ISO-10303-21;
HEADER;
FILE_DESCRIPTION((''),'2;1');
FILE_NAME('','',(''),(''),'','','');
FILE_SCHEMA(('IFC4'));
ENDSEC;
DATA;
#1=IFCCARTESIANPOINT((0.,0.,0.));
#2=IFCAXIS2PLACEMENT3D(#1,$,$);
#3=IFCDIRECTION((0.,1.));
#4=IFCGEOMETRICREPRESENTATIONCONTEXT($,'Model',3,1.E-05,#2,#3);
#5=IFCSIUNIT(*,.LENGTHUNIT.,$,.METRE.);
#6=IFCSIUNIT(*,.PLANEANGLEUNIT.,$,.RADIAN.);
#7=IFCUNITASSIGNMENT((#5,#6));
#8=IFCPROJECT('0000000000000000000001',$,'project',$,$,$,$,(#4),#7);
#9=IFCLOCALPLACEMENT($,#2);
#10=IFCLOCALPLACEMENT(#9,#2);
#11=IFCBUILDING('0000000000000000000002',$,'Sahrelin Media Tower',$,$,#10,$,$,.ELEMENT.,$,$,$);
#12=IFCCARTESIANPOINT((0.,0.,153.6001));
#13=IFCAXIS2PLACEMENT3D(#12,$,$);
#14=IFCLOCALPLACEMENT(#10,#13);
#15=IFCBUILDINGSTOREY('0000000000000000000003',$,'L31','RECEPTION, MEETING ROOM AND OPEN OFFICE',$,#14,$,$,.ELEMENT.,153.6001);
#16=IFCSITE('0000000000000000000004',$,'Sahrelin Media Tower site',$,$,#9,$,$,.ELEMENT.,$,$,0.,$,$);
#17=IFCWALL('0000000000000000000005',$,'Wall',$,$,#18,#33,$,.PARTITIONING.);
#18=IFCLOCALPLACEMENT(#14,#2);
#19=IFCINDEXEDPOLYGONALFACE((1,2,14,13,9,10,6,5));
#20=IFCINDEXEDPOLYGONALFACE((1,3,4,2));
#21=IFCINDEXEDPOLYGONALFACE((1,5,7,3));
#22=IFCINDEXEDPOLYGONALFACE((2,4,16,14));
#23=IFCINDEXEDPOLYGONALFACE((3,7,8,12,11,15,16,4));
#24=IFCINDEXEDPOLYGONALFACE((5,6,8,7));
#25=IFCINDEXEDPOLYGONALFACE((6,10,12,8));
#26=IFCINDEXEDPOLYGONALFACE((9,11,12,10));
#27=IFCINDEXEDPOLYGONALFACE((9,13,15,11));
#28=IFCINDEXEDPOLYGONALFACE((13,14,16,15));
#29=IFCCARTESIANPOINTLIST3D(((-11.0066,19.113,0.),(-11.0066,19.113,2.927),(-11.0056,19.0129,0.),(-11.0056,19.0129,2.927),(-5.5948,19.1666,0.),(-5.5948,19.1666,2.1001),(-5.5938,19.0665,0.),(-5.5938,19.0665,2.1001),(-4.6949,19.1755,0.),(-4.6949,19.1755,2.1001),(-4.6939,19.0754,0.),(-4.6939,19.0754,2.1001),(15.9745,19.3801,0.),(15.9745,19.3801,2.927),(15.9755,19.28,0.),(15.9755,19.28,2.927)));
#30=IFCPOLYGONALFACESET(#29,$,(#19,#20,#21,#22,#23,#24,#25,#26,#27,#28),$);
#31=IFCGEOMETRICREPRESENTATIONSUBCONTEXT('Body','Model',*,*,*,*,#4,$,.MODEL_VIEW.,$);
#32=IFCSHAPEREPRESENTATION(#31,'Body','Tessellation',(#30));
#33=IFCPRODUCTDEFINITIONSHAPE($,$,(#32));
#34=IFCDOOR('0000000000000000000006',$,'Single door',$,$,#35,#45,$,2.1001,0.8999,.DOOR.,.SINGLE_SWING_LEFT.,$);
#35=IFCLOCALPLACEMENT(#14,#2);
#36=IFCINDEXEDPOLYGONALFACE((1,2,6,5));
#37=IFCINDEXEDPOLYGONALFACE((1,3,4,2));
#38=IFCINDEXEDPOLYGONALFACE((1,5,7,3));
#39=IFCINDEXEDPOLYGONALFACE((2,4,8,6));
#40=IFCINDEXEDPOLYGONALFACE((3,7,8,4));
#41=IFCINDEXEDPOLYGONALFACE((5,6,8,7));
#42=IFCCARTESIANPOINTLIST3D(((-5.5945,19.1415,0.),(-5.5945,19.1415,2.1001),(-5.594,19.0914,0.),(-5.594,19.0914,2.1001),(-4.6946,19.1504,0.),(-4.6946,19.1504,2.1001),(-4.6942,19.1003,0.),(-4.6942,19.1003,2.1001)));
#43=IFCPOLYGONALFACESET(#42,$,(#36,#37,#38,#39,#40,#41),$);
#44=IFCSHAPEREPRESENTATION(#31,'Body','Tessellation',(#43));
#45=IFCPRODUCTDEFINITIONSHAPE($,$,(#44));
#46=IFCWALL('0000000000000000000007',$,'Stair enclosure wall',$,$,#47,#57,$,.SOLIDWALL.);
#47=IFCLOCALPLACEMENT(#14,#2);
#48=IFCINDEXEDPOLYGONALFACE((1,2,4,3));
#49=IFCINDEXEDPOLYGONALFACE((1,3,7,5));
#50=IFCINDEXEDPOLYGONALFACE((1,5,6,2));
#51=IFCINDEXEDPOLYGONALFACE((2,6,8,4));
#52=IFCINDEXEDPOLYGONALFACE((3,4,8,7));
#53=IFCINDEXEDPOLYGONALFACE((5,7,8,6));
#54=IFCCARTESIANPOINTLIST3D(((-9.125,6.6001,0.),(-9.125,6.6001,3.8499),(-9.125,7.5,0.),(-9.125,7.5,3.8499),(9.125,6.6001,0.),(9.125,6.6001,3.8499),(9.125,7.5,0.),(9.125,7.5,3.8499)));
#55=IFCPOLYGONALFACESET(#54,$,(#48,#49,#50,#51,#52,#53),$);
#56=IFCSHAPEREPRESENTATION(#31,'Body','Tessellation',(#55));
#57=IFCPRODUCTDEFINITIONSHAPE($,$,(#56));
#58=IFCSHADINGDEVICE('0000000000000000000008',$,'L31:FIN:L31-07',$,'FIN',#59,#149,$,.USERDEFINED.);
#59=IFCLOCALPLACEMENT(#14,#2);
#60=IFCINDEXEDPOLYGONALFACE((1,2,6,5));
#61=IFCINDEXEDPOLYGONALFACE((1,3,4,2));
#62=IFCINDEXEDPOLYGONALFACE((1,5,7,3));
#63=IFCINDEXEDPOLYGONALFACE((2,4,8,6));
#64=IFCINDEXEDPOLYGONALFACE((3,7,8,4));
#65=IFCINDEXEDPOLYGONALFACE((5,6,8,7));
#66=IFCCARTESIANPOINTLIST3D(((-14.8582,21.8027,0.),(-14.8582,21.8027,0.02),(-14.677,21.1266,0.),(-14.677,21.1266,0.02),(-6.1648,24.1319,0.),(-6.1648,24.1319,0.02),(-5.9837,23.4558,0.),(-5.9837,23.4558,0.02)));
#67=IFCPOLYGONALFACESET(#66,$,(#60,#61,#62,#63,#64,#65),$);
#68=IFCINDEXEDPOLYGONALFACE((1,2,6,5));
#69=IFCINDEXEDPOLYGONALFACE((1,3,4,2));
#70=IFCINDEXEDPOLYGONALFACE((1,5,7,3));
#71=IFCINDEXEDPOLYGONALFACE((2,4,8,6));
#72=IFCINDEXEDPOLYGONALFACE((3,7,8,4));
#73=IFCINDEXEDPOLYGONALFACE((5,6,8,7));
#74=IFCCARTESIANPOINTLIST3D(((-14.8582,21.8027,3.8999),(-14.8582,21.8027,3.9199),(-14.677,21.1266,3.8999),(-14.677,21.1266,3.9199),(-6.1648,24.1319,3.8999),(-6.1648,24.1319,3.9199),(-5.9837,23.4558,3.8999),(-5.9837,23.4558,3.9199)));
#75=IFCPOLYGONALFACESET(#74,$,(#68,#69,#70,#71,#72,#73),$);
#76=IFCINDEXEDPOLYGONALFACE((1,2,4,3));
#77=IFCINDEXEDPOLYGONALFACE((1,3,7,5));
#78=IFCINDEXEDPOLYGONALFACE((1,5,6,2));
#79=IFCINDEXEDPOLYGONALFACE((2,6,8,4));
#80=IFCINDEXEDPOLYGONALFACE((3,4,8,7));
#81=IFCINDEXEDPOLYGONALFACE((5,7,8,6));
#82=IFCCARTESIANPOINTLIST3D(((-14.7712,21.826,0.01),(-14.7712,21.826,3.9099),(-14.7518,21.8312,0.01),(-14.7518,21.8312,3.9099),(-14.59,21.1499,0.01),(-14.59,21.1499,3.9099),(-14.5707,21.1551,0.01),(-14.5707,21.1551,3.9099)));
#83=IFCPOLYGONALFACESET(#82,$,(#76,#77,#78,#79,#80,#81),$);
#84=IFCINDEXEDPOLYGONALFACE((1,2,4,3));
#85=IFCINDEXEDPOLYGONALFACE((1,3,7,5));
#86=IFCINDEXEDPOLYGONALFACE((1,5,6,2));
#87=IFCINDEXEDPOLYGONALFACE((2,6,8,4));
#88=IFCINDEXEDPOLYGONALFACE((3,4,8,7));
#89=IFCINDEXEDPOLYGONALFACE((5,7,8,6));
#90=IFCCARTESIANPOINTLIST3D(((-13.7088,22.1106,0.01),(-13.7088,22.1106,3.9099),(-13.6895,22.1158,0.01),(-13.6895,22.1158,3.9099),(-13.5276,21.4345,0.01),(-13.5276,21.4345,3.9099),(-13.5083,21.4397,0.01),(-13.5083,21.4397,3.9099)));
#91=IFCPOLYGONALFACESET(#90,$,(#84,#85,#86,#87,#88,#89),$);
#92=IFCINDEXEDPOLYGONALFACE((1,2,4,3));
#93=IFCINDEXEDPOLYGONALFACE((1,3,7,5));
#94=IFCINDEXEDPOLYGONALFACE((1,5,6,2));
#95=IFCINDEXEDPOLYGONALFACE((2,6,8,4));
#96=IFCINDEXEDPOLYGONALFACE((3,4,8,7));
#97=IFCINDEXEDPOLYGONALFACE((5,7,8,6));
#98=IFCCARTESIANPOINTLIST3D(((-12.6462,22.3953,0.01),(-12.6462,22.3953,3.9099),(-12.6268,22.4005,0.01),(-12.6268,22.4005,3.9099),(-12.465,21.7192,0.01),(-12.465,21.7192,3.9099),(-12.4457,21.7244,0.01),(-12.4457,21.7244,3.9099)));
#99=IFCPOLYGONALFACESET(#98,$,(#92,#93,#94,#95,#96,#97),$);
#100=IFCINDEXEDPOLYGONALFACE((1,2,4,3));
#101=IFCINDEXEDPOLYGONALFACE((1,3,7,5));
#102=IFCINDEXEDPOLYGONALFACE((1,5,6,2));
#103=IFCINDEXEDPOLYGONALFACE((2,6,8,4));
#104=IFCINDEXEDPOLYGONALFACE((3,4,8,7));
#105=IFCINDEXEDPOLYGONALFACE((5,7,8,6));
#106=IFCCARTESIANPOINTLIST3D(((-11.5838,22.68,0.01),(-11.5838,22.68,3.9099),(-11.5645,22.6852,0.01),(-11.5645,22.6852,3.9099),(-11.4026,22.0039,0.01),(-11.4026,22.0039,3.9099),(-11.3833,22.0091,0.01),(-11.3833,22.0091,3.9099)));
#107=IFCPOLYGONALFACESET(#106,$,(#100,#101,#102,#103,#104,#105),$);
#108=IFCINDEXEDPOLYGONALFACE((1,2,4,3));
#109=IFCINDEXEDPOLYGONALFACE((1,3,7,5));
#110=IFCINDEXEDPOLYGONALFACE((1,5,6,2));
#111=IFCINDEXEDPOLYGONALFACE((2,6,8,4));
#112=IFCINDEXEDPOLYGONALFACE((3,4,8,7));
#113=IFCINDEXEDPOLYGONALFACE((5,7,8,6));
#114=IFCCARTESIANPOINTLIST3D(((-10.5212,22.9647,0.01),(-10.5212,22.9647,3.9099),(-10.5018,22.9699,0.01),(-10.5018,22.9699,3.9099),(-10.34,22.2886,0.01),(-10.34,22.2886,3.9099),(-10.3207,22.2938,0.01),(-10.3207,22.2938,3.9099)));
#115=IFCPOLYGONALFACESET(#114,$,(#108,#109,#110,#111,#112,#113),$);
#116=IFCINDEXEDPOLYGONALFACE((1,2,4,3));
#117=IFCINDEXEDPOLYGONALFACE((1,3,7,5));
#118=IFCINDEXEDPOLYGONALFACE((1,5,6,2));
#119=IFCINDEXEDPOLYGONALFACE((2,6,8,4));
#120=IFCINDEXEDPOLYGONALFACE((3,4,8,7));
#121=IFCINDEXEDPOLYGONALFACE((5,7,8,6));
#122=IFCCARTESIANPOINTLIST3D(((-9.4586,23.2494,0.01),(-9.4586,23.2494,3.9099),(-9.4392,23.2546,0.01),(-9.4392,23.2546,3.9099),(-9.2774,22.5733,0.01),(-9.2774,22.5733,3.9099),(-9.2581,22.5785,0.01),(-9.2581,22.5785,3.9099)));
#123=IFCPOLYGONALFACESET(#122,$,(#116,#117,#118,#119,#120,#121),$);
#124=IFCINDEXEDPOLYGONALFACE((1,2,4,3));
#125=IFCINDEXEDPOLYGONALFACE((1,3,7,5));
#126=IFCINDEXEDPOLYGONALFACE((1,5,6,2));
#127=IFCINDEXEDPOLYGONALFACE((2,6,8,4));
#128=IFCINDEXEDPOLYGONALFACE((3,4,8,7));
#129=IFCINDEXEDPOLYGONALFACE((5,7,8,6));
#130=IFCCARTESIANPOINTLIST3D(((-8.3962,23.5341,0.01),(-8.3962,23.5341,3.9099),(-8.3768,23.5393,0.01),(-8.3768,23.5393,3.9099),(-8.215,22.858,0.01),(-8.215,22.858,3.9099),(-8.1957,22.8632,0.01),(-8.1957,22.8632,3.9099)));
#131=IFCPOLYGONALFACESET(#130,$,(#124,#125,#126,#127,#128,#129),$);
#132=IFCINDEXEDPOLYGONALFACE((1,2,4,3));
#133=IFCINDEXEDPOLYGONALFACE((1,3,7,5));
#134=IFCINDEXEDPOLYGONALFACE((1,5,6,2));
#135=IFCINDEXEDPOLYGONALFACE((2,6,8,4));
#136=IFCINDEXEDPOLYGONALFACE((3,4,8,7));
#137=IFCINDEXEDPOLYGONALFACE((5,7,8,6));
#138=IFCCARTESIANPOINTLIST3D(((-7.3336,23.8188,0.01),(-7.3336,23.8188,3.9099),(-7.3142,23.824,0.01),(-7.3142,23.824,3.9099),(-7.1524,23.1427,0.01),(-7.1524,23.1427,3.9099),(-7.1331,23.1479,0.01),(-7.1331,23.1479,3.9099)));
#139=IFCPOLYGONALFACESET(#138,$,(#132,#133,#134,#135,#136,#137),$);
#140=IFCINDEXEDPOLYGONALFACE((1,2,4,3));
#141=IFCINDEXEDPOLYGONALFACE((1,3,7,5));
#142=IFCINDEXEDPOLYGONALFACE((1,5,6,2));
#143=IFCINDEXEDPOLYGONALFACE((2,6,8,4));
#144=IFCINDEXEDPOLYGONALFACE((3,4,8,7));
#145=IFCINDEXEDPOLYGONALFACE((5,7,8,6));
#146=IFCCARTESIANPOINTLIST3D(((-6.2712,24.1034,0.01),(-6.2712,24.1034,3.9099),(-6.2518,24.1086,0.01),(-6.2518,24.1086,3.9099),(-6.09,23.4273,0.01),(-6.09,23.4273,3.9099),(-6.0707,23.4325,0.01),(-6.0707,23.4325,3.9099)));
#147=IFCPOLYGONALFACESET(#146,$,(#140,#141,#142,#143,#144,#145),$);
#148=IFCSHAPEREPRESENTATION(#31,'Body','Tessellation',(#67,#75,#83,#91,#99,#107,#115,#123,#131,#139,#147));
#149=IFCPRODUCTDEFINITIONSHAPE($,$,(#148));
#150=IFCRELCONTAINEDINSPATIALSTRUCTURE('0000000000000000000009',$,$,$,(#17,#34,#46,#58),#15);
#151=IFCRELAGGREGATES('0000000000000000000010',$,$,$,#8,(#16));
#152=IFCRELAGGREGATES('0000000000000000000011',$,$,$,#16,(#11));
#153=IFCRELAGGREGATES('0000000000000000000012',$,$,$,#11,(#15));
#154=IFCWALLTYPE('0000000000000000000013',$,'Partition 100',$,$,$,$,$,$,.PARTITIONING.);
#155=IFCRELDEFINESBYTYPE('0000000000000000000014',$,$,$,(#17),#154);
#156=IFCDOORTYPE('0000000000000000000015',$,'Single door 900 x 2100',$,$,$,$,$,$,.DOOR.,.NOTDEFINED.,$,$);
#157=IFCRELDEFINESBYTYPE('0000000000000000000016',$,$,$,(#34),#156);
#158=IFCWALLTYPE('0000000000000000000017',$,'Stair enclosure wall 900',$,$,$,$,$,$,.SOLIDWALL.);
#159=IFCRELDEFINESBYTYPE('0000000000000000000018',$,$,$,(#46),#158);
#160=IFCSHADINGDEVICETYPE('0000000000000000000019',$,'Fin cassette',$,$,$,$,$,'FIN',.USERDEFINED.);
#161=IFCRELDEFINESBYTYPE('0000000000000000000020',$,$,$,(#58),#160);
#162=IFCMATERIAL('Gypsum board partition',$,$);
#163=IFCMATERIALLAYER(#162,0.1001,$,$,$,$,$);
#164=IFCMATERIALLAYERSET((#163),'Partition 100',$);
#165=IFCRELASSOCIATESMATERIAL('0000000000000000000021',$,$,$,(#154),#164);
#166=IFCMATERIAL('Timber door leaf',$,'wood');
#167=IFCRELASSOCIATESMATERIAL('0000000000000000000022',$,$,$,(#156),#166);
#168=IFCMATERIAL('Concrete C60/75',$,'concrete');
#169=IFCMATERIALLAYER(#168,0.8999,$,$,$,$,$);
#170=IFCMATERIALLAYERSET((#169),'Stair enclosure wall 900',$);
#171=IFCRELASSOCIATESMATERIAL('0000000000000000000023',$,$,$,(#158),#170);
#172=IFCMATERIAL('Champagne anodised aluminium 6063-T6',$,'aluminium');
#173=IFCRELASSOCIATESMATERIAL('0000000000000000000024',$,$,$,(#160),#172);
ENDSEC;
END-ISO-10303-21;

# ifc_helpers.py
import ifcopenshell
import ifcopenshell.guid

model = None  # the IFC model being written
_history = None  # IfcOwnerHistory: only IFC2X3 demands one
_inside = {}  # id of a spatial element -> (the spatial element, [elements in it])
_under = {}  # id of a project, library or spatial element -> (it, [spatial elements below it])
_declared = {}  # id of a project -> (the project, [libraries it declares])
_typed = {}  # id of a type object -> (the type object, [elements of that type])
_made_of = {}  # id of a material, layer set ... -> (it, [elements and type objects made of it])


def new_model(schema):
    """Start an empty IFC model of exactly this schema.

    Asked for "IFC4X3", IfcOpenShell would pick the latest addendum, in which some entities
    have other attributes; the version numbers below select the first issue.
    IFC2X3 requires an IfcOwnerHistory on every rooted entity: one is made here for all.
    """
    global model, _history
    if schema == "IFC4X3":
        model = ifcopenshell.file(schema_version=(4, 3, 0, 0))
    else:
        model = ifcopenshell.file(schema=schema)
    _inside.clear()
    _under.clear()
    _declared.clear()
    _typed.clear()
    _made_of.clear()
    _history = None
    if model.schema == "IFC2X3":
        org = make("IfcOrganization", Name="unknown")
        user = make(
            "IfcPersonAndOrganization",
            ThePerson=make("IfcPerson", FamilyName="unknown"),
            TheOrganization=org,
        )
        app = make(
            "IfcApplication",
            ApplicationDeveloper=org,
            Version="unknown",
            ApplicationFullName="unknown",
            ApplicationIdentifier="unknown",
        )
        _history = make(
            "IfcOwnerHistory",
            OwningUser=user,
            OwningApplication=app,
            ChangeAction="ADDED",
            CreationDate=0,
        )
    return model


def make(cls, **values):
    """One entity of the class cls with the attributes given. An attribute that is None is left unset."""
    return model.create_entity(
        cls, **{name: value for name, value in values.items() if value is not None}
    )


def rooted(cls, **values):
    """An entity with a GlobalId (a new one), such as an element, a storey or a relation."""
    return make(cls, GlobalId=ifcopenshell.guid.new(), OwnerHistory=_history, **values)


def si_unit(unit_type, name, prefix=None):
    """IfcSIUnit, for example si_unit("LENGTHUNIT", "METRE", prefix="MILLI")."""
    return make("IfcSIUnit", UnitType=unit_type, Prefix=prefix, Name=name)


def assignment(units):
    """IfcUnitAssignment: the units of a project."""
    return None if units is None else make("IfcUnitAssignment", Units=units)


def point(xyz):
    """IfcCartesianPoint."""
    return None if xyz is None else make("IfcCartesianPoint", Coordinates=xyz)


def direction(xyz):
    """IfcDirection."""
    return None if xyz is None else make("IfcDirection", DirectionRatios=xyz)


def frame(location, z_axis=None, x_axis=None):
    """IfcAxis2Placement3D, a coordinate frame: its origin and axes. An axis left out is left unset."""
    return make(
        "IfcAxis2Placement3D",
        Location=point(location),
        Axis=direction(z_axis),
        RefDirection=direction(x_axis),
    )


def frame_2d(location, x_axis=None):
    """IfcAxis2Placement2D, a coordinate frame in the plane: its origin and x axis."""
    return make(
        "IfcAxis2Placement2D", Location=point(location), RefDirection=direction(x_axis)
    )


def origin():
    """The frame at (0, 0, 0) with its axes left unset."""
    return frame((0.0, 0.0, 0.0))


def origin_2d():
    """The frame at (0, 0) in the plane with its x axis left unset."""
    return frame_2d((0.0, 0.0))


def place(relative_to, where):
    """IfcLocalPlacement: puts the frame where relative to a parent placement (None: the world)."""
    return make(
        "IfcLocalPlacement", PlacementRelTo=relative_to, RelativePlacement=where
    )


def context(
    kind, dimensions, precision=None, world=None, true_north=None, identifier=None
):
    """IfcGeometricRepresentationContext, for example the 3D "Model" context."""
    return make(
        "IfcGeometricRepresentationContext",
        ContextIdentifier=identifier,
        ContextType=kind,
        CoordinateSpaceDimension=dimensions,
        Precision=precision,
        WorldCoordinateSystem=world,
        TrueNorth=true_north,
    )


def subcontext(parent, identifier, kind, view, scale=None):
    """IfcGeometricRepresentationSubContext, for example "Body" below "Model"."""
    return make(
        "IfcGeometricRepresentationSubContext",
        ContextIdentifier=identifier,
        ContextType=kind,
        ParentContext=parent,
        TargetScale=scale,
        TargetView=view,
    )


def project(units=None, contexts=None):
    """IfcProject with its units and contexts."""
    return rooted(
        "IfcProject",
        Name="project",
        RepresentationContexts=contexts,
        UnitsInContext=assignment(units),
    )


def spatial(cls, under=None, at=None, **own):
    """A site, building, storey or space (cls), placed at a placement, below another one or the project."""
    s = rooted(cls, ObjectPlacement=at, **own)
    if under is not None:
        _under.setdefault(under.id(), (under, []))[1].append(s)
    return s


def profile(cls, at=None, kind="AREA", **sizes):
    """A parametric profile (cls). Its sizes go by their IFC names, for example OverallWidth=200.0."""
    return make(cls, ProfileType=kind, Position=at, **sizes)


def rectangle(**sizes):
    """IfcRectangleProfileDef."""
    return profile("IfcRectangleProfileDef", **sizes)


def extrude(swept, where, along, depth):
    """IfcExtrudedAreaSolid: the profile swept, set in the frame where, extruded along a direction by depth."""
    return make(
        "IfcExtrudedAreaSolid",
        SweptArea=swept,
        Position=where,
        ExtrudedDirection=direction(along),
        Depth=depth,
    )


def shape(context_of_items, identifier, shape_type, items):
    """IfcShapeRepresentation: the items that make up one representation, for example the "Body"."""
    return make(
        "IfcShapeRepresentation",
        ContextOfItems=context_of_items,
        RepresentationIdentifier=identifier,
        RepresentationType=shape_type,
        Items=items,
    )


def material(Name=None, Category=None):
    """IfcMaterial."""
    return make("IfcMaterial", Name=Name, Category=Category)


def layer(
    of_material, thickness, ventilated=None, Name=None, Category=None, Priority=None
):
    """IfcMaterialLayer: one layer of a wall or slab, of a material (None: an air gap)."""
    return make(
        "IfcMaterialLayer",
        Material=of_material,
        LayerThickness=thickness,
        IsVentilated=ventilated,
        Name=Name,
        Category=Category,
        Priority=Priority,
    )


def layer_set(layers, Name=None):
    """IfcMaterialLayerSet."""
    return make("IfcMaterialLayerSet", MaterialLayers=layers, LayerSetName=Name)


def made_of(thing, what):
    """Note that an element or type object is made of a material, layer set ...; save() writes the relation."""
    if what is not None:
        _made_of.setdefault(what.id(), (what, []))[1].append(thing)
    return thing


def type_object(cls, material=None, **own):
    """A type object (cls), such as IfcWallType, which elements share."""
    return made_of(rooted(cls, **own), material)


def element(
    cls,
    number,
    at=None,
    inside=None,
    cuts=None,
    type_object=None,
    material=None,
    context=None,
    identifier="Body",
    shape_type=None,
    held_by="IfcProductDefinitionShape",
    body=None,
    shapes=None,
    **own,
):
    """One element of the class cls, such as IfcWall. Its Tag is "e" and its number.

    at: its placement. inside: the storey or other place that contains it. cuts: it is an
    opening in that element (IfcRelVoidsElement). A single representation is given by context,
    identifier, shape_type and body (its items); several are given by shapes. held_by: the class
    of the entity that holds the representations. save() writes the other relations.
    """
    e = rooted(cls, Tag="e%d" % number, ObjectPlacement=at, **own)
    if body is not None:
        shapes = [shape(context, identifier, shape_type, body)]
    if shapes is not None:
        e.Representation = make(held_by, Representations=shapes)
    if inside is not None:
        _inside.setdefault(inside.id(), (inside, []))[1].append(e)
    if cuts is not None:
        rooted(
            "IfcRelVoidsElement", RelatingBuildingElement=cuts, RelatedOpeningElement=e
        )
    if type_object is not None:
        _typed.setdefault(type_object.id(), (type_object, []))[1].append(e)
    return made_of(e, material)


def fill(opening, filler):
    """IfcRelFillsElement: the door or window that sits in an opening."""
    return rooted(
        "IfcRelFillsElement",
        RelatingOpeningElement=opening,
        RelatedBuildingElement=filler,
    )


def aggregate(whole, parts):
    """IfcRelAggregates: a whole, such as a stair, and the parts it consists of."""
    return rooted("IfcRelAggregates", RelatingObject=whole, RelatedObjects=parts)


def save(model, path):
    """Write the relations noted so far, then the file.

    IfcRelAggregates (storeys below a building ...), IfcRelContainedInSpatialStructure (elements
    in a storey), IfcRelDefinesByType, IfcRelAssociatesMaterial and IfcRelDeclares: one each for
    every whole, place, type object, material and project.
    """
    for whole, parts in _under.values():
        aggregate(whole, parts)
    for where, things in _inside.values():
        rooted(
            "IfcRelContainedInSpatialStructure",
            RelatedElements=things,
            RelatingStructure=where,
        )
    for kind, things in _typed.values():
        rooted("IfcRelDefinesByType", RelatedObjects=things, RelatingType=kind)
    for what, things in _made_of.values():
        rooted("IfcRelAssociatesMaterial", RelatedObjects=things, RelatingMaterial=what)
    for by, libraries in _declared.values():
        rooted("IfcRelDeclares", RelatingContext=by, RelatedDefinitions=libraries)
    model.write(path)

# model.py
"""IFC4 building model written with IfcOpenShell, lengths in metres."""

from ifc_helpers import new_model, si_unit, direction, frame, frame_2d, origin, origin_2d, place, context, subcontext, project, spatial, rectangle, extrude, material, layer, layer_set, type_object, element, fill, save


model = new_model("IFC4")

# Units and contexts
model_context = context("Model", 3, precision=1e-05, world=origin(), true_north=direction((0.0, 1.0)))
body_context = subcontext(model_context, "Body", "Model", "MODEL_VIEW")
ifc_project = project(units=[si_unit("LENGTHUNIT", "METRE"), si_unit("PLANEANGLEUNIT", "RADIAN")], contexts=[model_context])

# Site, building, storey
site_placement = place(None, origin())
site = spatial("IfcSite", under=ifc_project, at=site_placement, Name="Sahrelin Media Tower site", CompositionType="ELEMENT", RefElevation=0.0)
building_placement = place(site_placement, origin())
building = spatial("IfcBuilding", under=site, at=building_placement, Name="Sahrelin Media Tower", CompositionType="ELEMENT")
storey_placement = place(building_placement, frame((0.0, 0.0, 153.6001)))
storey = spatial("IfcBuildingStorey", under=building, at=storey_placement, Name="L31", Description="RECEPTION, MEETING ROOM AND OPEN OFFICE", CompositionType="ELEMENT", Elevation=153.6001)

# Shared definitions
ifc_material_1 = material(Name="Champagne anodised aluminium 6063-T6", Category="aluminium")

# Shared definitions
ifc_material_2 = material(Name="Concrete C60/75", Category="concrete")

# Wall, opening, door
ifc_material_3 = material(Name="Gypsum board partition")
ifc_layer_1 = layer(ifc_material_3, 0.1001)
ifc_layer_set_1 = layer_set([ifc_layer_1], Name="Partition 100")
wall_type_1 = type_object("IfcWallType", Name="Partition 100", PredefinedType="PARTITIONING", material=ifc_layer_set_1)
wall_1_placement = place(storey_placement, frame((-11.0061, 19.063, 0.0), z_axis=(0.0, 0.0, 1.0), x_axis=(0.999951, 0.009899, 0.0)))
wall_1 = element("IfcWall", 1, at=wall_1_placement, inside=storey, type_object=wall_type_1, Name="Wall", PredefinedType="PARTITIONING", context=body_context, shape_type="SweptSolid", body=[
    extrude(rectangle(XDim=26.9824, YDim=0.1001, at=frame_2d((13.4912, 0.0))), origin(), (0.0, 0.0, 1.0), 2.927),
])
opening_1_placement = place(wall_1_placement, frame((5.4121, 0.0, 0.0)))
opening_1 = element("IfcOpeningElement", 2, at=opening_1_placement, cuts=wall_1, PredefinedType="OPENING", context=body_context, shape_type="SweptSolid", body=[
    extrude(rectangle(XDim=0.8999, YDim=2.1001, at=frame_2d((0.45, 1.05))), frame((0.0, 0.05, 0.0), z_axis=(0.0, -1.0, 0.0), x_axis=(1.0, 0.0, 0.0)), (0.0, 0.0, 1.0), 0.1001),
])
ifc_material_4 = material(Name="Timber door leaf", Category="wood")
door_type_1 = type_object("IfcDoorType", Name="Single door 900 x 2100", OperationType="NOTDEFINED", PredefinedType="DOOR", material=ifc_material_4)
door_1_placement = place(opening_1_placement, origin())
door_1 = element("IfcDoor", 3, at=door_1_placement, inside=storey, type_object=door_type_1, Name="Single door", OperationType="SINGLE_SWING_LEFT", OverallHeight=2.1001, OverallWidth=0.8999, PredefinedType="DOOR", context=body_context, shape_type="SweptSolid", body=[
    extrude(rectangle(XDim=0.8999, YDim=2.1001, at=frame_2d((0.45, 1.05))), frame((0.0, 0.0249, 0.0), z_axis=(0.0, -1.0, 0.0), x_axis=(1.0, 0.0, 0.0)), (0.0, 0.0, 1.0), 0.05),
])
fill(opening_1, door_1)

# Wall
ifc_layer_2 = layer(ifc_material_2, 0.8999)
ifc_layer_set_2 = layer_set([ifc_layer_2], Name="Stair enclosure wall 900")
wall_type_2 = type_object("IfcWallType", Name="Stair enclosure wall 900", PredefinedType="SOLIDWALL", material=ifc_layer_set_2)
wall_2_placement = place(storey_placement, frame((-9.125, 7.05, 0.0), z_axis=(0.0, 0.0, 1.0), x_axis=(1.0, 0.0, 0.0)))
element("IfcWall", 4, at=wall_2_placement, inside=storey, type_object=wall_type_2, Name="Stair enclosure wall", PredefinedType="SOLIDWALL", context=body_context, shape_type="SweptSolid", body=[
    extrude(rectangle(XDim=18.25, YDim=0.8999, at=frame_2d((9.125, 0.0))), origin(), (0.0, 0.0, 1.0), 3.8499),
])

# Shading device
shading_device_type_1 = type_object("IfcShadingDeviceType", Name="Fin cassette", ElementType="FIN", PredefinedType="USERDEFINED", material=ifc_material_1)
placement = place(storey_placement, frame((-10.3123, 22.2236, 0.0), z_axis=(0.0, 0.0, 1.0), x_axis=(0.965929, 0.258808, 0.0)))
element("IfcShadingDevice", 5, at=placement, inside=storey, type_object=shading_device_type_1, Name="L31:FIN:L31-07", ObjectType="FIN", PredefinedType="USERDEFINED", context=body_context, shape_type="SweptSolid", body=[
    extrude(rectangle(XDim=9.0, YDim=0.7, at=origin_2d()), frame((0.0, 0.4199, 0.0)), (0.0, 0.0, 1.0), 0.02),
    extrude(rectangle(XDim=9.0, YDim=0.7, at=origin_2d()), frame((0.0, 0.4199, 3.8999)), (0.0, 0.0, 1.0), 0.02),
    extrude(rectangle(XDim=0.02, YDim=0.7, at=origin_2d()), frame((-4.3999, 0.4199, 0.01), z_axis=(0.0, 0.0, 1.0), x_axis=(1.0, 0.0, 0.0)), (0.0, 0.0, 1.0), 3.8999),
    extrude(rectangle(XDim=0.02, YDim=0.7, at=origin_2d()), frame((-3.3, 0.4199, 0.01), z_axis=(0.0, 0.0, 1.0), x_axis=(1.0, 0.0, 0.0)), (0.0, 0.0, 1.0), 3.8999),
    extrude(rectangle(XDim=0.02, YDim=0.7, at=origin_2d()), frame((-2.2, 0.4199, 0.01), z_axis=(0.0, 0.0, 1.0), x_axis=(1.0, 0.0, 0.0)), (0.0, 0.0, 1.0), 3.8999),
    extrude(rectangle(XDim=0.02, YDim=0.7, at=origin_2d()), frame((-1.1001, 0.4199, 0.01), z_axis=(0.0, 0.0, 1.0), x_axis=(1.0, 0.0, 0.0)), (0.0, 0.0, 1.0), 3.8999),
    extrude(rectangle(XDim=0.02, YDim=0.7, at=origin_2d()), frame((0.0, 0.4199, 0.01), z_axis=(0.0, 0.0, 1.0), x_axis=(1.0, 0.0, 0.0)), (0.0, 0.0, 1.0), 3.8999),
    extrude(rectangle(XDim=0.02, YDim=0.7, at=origin_2d()), frame((1.1001, 0.4199, 0.01), z_axis=(0.0, 0.0, 1.0), x_axis=(1.0, 0.0, 0.0)), (0.0, 0.0, 1.0), 3.8999),
    extrude(rectangle(XDim=0.02, YDim=0.7, at=origin_2d()), frame((2.2, 0.4199, 0.01), z_axis=(0.0, 0.0, 1.0), x_axis=(1.0, 0.0, 0.0)), (0.0, 0.0, 1.0), 3.8999),
    extrude(rectangle(XDim=0.02, YDim=0.7, at=origin_2d()), frame((3.3, 0.4199, 0.01), z_axis=(0.0, 0.0, 1.0), x_axis=(1.0, 0.0, 0.0)), (0.0, 0.0, 1.0), 3.8999),
    extrude(rectangle(XDim=0.02, YDim=0.7, at=origin_2d()), frame((4.3999, 0.4199, 0.01), z_axis=(0.0, 0.0, 1.0), x_axis=(1.0, 0.0, 0.0)), (0.0, 0.0, 1.0), 3.8999),
])

save(model, "model.ifc")
